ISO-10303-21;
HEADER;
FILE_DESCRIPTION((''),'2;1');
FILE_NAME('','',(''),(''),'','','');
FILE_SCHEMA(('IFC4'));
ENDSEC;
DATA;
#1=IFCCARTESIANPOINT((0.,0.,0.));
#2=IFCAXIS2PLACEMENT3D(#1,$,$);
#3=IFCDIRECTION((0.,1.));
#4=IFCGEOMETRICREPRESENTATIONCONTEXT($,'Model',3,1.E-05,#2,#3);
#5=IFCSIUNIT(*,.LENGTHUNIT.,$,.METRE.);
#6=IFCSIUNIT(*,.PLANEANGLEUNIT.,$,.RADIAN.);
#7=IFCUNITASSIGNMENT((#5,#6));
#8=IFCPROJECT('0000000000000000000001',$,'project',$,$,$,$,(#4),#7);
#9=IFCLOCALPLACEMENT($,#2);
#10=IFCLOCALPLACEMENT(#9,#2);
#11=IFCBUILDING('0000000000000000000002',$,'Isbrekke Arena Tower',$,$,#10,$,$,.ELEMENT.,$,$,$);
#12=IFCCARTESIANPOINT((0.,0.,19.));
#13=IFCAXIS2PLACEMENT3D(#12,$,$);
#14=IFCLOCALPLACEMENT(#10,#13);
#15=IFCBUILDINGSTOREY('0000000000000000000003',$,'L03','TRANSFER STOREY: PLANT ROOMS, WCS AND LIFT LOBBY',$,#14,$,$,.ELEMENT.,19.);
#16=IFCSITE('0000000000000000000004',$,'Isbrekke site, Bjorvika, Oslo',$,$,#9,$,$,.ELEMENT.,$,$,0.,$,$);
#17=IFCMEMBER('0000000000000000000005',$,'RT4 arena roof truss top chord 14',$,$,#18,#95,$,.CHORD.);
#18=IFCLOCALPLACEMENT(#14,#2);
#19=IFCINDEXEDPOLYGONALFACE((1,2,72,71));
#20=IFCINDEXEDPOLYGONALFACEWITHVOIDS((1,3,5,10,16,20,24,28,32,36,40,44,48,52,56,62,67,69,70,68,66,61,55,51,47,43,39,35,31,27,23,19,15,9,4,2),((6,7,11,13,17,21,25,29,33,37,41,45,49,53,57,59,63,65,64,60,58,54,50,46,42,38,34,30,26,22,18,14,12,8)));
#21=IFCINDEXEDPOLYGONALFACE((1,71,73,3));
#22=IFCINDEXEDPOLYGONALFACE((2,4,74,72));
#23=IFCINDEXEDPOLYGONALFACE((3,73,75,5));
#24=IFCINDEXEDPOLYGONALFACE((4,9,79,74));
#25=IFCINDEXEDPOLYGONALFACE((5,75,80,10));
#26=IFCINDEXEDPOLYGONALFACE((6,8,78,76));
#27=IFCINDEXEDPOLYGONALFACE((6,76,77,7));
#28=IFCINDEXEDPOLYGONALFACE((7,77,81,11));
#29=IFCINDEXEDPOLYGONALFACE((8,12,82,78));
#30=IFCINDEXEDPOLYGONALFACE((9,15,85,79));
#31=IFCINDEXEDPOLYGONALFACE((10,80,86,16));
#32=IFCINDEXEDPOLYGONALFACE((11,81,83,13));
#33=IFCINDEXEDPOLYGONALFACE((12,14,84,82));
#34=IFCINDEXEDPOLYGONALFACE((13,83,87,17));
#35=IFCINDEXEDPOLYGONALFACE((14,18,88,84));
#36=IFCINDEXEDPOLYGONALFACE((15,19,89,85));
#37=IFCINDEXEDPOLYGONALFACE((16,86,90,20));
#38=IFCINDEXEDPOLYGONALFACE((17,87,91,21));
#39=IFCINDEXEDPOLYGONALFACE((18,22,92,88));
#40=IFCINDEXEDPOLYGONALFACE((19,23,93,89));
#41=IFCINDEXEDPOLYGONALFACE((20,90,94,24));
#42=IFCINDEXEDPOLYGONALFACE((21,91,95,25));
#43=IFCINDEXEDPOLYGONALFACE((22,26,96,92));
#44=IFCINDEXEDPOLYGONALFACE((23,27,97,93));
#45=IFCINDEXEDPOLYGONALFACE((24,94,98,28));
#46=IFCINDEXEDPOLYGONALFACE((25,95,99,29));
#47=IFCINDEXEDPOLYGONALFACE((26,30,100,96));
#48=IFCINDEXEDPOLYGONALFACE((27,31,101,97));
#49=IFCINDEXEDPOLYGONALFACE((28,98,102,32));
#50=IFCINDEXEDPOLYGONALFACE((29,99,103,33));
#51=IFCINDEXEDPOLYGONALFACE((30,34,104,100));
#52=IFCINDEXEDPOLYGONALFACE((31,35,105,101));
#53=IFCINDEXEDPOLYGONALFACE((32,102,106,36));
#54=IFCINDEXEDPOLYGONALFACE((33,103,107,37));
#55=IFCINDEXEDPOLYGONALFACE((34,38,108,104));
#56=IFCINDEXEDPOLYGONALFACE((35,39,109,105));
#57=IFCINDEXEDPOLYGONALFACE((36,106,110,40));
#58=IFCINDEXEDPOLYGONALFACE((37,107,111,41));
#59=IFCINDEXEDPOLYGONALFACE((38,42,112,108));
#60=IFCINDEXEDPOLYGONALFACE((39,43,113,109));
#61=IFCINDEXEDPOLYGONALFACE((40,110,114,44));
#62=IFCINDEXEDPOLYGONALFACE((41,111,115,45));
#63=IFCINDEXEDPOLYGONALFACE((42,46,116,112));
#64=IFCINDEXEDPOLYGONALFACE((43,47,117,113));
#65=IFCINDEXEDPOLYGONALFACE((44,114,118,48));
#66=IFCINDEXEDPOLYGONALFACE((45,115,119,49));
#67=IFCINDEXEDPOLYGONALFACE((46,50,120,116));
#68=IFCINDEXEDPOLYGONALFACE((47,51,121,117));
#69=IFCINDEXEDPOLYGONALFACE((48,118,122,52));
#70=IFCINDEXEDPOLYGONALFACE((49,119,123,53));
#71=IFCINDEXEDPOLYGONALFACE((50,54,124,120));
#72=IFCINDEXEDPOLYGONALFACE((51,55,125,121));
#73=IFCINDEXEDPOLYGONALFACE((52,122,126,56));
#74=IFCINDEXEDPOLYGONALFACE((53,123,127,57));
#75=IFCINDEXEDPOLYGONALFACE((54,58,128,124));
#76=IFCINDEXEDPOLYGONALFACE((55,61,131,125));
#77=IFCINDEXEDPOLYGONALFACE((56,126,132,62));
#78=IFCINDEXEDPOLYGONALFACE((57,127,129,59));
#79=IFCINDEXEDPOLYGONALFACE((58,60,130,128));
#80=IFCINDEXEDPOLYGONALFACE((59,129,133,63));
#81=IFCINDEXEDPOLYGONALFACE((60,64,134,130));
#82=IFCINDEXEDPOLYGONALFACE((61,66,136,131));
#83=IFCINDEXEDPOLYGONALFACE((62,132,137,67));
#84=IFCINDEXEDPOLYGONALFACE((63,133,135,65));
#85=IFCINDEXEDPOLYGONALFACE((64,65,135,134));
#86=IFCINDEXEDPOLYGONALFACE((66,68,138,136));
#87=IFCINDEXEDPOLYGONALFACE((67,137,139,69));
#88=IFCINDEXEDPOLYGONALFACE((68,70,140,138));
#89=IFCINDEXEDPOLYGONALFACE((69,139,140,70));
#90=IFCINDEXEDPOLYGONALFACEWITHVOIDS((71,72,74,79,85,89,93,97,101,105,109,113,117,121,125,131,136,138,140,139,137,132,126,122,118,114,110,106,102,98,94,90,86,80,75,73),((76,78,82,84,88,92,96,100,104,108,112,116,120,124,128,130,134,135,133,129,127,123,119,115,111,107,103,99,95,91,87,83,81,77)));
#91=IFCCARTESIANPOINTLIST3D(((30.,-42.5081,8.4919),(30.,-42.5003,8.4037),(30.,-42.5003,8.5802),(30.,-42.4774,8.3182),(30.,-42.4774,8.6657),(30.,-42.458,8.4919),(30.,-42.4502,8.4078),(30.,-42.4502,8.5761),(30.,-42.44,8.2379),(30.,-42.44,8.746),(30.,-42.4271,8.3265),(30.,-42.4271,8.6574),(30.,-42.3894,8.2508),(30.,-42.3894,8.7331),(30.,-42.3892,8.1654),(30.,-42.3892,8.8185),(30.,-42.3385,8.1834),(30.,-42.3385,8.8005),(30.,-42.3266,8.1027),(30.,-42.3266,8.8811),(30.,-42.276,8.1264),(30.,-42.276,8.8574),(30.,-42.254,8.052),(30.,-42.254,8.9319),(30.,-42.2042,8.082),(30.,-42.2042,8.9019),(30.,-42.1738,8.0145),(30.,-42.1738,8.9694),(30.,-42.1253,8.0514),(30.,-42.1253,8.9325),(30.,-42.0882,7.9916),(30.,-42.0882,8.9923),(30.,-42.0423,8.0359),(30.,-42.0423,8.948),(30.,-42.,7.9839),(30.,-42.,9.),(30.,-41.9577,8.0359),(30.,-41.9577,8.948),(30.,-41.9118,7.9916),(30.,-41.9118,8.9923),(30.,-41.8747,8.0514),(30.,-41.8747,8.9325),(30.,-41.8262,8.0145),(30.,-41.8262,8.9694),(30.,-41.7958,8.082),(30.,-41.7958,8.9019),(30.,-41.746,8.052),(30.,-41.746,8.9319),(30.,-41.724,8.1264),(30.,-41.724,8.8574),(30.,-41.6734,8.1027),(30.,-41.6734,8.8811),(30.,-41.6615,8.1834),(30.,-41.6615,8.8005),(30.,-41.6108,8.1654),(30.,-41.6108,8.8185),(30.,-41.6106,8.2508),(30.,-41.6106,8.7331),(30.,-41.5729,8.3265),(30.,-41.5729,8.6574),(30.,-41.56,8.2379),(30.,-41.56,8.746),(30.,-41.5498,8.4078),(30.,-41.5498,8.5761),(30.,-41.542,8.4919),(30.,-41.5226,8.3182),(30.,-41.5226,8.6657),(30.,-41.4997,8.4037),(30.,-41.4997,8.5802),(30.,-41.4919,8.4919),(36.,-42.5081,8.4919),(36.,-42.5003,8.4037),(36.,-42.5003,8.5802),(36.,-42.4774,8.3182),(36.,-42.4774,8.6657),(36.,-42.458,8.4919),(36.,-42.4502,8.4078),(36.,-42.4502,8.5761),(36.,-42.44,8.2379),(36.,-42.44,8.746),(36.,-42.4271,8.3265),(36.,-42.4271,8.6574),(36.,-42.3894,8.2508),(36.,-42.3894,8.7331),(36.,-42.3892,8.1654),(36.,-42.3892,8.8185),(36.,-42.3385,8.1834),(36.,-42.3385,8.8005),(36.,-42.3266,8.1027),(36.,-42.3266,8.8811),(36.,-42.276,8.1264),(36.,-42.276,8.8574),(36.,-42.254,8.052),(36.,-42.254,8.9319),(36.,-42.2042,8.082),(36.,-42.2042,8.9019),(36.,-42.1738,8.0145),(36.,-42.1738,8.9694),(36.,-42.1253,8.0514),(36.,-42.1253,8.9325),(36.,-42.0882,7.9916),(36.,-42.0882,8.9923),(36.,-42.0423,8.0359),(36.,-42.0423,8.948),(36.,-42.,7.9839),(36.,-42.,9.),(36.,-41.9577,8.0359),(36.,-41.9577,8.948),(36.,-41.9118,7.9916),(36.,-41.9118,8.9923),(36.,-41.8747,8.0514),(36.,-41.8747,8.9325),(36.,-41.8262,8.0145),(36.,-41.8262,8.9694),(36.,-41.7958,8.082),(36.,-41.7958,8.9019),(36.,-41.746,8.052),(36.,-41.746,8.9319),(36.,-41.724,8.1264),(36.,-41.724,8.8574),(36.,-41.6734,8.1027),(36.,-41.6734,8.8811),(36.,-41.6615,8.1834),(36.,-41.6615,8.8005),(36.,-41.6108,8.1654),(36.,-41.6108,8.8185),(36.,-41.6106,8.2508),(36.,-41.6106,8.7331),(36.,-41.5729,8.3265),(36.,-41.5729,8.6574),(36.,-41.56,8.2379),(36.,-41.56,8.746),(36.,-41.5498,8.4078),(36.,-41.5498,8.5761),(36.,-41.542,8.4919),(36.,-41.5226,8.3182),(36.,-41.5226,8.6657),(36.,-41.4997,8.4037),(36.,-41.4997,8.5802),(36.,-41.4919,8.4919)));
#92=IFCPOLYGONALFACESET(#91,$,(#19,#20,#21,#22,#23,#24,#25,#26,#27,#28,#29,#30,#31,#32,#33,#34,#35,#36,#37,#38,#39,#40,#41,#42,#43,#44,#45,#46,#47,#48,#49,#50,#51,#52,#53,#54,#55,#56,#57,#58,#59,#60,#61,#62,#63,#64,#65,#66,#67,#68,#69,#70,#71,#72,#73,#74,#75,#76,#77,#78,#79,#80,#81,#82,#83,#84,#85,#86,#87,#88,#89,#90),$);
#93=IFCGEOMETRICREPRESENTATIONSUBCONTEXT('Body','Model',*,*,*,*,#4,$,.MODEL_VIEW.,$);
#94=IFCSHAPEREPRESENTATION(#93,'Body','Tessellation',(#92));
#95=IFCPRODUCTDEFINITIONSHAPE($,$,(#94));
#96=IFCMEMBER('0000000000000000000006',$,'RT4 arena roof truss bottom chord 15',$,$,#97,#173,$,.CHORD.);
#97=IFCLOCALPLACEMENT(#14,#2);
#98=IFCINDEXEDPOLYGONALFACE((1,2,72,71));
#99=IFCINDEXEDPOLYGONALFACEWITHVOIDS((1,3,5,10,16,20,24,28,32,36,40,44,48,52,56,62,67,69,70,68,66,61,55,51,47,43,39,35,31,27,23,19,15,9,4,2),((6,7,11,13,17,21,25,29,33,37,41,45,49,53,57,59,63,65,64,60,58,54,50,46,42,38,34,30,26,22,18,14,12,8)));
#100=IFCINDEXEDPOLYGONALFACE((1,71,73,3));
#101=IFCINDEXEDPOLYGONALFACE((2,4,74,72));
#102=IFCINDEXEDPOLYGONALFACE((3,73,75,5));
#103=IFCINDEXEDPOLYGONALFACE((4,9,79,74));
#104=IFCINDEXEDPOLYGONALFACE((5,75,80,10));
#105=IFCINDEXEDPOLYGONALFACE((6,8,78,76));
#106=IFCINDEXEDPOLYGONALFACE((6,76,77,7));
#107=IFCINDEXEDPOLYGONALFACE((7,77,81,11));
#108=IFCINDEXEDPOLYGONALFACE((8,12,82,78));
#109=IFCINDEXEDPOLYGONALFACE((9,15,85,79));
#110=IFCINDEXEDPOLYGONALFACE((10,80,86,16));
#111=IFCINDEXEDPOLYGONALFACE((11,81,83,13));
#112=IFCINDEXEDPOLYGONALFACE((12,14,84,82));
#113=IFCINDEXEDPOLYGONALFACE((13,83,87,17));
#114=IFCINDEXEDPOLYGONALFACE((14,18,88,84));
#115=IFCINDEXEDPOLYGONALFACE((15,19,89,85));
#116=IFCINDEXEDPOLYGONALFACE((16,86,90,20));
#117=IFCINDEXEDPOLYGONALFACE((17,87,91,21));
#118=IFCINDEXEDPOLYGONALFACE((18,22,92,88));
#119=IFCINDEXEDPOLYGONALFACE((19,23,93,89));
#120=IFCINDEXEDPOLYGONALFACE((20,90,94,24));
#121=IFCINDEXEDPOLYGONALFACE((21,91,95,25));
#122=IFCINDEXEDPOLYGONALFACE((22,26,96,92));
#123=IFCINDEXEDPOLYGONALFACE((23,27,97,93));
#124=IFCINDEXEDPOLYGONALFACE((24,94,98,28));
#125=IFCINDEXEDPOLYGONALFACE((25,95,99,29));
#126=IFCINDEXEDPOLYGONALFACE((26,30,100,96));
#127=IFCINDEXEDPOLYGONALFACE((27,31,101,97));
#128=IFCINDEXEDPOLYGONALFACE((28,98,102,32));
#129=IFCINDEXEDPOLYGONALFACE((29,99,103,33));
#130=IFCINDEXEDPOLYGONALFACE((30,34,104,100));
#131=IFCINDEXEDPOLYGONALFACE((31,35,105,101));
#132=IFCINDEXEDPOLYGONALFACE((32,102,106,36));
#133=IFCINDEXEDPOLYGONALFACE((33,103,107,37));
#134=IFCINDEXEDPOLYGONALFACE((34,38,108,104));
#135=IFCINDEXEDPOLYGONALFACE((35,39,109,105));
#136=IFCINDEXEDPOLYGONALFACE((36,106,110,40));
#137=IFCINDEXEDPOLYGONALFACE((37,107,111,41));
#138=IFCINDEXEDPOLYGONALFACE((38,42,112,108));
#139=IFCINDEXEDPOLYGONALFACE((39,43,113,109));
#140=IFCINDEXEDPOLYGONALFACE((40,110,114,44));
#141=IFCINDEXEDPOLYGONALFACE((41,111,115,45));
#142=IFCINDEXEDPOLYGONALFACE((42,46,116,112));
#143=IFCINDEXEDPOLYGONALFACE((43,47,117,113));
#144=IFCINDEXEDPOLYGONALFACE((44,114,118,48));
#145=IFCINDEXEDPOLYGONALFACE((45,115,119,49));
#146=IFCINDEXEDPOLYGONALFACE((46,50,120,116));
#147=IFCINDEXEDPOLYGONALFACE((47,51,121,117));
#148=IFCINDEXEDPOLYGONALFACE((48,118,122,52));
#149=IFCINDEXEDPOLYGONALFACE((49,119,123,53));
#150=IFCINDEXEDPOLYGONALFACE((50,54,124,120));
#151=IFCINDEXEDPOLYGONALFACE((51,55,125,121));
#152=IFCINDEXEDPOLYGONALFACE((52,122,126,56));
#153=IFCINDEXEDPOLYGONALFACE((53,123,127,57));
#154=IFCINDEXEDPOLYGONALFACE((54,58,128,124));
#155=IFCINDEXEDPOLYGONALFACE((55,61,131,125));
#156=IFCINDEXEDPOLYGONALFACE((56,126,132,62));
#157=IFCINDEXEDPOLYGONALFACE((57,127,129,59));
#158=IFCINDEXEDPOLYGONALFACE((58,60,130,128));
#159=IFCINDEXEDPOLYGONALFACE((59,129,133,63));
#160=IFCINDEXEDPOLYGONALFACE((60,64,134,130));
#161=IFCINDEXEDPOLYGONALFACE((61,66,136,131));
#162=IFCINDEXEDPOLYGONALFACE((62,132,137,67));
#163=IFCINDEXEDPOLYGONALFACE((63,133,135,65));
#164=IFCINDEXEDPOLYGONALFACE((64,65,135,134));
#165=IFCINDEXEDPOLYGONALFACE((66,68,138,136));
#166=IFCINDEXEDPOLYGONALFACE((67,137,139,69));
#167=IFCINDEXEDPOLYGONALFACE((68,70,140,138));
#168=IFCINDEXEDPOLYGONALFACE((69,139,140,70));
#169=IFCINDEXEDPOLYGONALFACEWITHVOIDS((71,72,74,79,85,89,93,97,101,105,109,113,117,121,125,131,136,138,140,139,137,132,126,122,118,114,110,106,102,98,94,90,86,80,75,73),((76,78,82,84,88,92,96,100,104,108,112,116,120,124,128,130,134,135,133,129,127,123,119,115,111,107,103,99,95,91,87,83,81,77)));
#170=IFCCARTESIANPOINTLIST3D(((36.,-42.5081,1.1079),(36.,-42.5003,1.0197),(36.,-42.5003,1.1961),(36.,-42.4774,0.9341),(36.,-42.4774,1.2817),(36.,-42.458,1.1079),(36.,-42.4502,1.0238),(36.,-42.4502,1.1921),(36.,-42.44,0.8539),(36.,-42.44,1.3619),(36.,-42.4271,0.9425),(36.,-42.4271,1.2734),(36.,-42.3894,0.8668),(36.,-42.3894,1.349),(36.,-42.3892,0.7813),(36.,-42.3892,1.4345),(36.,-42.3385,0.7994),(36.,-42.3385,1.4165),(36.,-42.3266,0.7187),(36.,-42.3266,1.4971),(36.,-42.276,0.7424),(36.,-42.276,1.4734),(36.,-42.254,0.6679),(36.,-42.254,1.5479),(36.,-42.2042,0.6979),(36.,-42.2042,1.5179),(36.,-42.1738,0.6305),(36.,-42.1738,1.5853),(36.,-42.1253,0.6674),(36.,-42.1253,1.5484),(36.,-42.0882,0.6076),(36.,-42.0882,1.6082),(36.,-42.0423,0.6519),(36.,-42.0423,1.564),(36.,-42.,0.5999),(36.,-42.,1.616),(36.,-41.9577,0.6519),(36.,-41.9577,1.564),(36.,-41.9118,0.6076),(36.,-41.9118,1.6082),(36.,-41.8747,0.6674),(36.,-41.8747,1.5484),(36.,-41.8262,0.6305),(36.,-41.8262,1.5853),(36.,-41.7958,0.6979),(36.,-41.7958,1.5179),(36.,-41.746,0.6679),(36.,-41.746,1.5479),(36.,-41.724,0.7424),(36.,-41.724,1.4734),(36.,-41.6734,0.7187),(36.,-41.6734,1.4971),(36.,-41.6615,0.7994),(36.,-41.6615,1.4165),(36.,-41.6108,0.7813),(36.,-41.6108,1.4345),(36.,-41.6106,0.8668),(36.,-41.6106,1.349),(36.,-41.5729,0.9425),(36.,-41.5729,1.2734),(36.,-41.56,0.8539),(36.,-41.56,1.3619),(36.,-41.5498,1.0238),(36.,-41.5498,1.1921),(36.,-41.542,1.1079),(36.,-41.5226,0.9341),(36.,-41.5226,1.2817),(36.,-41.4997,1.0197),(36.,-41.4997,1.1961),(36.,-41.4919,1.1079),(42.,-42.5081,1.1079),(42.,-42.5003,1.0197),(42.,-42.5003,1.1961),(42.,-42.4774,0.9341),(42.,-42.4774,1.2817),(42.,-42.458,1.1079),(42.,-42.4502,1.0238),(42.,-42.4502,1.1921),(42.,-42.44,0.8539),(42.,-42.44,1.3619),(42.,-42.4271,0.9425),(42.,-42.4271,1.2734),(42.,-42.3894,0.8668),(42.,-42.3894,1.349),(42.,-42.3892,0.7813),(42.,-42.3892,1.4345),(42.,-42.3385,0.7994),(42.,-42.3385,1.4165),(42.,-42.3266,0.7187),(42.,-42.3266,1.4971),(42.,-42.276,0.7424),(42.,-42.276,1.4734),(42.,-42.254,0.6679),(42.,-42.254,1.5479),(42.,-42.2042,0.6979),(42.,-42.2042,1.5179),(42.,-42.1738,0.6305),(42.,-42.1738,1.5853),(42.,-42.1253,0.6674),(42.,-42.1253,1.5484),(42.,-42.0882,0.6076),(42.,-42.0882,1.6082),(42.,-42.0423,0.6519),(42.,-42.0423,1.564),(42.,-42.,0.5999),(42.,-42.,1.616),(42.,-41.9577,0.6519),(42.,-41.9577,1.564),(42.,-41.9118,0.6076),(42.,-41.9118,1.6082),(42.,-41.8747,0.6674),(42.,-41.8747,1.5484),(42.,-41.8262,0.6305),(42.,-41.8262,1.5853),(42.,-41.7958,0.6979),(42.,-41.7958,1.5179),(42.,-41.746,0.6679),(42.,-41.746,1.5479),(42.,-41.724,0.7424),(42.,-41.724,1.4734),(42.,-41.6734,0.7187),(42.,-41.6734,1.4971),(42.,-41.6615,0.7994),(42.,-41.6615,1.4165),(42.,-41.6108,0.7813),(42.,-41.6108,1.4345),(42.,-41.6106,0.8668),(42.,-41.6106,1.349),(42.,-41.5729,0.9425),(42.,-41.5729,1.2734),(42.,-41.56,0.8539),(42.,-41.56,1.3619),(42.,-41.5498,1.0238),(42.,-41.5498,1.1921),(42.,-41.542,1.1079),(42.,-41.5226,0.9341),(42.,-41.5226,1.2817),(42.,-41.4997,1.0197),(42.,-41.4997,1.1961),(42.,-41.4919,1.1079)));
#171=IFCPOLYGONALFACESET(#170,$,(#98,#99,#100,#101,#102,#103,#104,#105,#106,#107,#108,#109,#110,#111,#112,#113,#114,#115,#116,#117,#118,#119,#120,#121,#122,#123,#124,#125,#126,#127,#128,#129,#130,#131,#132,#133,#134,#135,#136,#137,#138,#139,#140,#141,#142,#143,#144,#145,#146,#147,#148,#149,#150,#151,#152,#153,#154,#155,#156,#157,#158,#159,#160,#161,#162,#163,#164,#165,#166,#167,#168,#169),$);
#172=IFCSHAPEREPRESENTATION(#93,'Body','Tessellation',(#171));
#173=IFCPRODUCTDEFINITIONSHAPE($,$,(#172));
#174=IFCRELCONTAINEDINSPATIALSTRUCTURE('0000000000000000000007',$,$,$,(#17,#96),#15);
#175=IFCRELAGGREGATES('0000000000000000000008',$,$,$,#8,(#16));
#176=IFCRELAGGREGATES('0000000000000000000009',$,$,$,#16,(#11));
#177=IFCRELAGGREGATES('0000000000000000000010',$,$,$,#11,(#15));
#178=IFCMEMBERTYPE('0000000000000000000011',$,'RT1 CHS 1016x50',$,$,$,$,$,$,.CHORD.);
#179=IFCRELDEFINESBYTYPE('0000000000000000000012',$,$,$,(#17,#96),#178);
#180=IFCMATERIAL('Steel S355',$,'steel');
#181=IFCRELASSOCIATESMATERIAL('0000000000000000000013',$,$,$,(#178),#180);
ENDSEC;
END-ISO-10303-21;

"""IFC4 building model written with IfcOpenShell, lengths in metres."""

from ifc_helpers import new_model, si_unit, direction, frame, origin, origin_2d, place, context, subcontext, project, spatial, hollow_circle, extrude, material, material_profile, profile_set, type_object, element, save


model = new_model("IFC4")

# Units and contexts
model_context = context("Model", 3, precision=1e-05, world=origin(), true_north=direction((0.0, 1.0)))
body_context = subcontext(model_context, "Body", "Model", "MODEL_VIEW")
ifc_project = project(units=[si_unit("LENGTHUNIT", "METRE"), si_unit("PLANEANGLEUNIT", "RADIAN")], contexts=[model_context])

# Site, building, storey
site_placement = place(None, origin())
site = spatial("IfcSite", under=ifc_project, at=site_placement, Name="Isbrekke site, Bjorvika, Oslo", CompositionType="ELEMENT", RefElevation=0.0)
building_placement = place(site_placement, origin())
building = spatial("IfcBuilding", under=site, at=building_placement, Name="Isbrekke Arena Tower", CompositionType="ELEMENT")
storey_placement = place(building_placement, frame((0.0, 0.0, 19.0)))
storey = spatial("IfcBuildingStorey", under=building, at=storey_placement, Name="L03", Description="TRANSFER STOREY: PLANT ROOMS, WCS AND LIFT LOBBY", CompositionType="ELEMENT", Elevation=19.0)

# Members
ifc_material_1 = material(Name="Steel S355", Category="steel")
ifc_material_profile_1 = material_profile(ifc_material_1, hollow_circle(Radius=0.5081, WallThickness=0.05, at=origin_2d()), Name="CHS 1016x50")
ifc_profile_set_1 = profile_set([ifc_material_profile_1], Name="Steel S355")
member_type_1 = type_object("IfcMemberType", Name="RT1 CHS 1016x50", PredefinedType="CHORD", material=ifc_profile_set_1)
for number, where, z_axis, x_axis, name in (
    (1, (30.0, -42.0, 8.4919), (1.0, 0.0, 0.0), (0.0, 1.0, 0.0), "RT4 arena roof truss top chord 14"),
    (2, (36.0, -42.0, 1.1079), (1.0, 0.0, 0.0), (0.0, 1.0, 0.0), "RT4 arena roof truss bottom chord 15"),
):
    element("IfcMember", number, at=place(storey_placement, frame(where, z_axis=z_axis, x_axis=x_axis)), inside=storey, type_object=member_type_1, Name=name, PredefinedType="CHORD", context=body_context, shape_type="SweptSolid", body=[
        extrude(hollow_circle(Radius=0.5081, WallThickness=0.05, at=origin_2d()), origin(), (0.0, 0.0, 1.0), 6.0),
    ])

save(model, "model.ifc")
